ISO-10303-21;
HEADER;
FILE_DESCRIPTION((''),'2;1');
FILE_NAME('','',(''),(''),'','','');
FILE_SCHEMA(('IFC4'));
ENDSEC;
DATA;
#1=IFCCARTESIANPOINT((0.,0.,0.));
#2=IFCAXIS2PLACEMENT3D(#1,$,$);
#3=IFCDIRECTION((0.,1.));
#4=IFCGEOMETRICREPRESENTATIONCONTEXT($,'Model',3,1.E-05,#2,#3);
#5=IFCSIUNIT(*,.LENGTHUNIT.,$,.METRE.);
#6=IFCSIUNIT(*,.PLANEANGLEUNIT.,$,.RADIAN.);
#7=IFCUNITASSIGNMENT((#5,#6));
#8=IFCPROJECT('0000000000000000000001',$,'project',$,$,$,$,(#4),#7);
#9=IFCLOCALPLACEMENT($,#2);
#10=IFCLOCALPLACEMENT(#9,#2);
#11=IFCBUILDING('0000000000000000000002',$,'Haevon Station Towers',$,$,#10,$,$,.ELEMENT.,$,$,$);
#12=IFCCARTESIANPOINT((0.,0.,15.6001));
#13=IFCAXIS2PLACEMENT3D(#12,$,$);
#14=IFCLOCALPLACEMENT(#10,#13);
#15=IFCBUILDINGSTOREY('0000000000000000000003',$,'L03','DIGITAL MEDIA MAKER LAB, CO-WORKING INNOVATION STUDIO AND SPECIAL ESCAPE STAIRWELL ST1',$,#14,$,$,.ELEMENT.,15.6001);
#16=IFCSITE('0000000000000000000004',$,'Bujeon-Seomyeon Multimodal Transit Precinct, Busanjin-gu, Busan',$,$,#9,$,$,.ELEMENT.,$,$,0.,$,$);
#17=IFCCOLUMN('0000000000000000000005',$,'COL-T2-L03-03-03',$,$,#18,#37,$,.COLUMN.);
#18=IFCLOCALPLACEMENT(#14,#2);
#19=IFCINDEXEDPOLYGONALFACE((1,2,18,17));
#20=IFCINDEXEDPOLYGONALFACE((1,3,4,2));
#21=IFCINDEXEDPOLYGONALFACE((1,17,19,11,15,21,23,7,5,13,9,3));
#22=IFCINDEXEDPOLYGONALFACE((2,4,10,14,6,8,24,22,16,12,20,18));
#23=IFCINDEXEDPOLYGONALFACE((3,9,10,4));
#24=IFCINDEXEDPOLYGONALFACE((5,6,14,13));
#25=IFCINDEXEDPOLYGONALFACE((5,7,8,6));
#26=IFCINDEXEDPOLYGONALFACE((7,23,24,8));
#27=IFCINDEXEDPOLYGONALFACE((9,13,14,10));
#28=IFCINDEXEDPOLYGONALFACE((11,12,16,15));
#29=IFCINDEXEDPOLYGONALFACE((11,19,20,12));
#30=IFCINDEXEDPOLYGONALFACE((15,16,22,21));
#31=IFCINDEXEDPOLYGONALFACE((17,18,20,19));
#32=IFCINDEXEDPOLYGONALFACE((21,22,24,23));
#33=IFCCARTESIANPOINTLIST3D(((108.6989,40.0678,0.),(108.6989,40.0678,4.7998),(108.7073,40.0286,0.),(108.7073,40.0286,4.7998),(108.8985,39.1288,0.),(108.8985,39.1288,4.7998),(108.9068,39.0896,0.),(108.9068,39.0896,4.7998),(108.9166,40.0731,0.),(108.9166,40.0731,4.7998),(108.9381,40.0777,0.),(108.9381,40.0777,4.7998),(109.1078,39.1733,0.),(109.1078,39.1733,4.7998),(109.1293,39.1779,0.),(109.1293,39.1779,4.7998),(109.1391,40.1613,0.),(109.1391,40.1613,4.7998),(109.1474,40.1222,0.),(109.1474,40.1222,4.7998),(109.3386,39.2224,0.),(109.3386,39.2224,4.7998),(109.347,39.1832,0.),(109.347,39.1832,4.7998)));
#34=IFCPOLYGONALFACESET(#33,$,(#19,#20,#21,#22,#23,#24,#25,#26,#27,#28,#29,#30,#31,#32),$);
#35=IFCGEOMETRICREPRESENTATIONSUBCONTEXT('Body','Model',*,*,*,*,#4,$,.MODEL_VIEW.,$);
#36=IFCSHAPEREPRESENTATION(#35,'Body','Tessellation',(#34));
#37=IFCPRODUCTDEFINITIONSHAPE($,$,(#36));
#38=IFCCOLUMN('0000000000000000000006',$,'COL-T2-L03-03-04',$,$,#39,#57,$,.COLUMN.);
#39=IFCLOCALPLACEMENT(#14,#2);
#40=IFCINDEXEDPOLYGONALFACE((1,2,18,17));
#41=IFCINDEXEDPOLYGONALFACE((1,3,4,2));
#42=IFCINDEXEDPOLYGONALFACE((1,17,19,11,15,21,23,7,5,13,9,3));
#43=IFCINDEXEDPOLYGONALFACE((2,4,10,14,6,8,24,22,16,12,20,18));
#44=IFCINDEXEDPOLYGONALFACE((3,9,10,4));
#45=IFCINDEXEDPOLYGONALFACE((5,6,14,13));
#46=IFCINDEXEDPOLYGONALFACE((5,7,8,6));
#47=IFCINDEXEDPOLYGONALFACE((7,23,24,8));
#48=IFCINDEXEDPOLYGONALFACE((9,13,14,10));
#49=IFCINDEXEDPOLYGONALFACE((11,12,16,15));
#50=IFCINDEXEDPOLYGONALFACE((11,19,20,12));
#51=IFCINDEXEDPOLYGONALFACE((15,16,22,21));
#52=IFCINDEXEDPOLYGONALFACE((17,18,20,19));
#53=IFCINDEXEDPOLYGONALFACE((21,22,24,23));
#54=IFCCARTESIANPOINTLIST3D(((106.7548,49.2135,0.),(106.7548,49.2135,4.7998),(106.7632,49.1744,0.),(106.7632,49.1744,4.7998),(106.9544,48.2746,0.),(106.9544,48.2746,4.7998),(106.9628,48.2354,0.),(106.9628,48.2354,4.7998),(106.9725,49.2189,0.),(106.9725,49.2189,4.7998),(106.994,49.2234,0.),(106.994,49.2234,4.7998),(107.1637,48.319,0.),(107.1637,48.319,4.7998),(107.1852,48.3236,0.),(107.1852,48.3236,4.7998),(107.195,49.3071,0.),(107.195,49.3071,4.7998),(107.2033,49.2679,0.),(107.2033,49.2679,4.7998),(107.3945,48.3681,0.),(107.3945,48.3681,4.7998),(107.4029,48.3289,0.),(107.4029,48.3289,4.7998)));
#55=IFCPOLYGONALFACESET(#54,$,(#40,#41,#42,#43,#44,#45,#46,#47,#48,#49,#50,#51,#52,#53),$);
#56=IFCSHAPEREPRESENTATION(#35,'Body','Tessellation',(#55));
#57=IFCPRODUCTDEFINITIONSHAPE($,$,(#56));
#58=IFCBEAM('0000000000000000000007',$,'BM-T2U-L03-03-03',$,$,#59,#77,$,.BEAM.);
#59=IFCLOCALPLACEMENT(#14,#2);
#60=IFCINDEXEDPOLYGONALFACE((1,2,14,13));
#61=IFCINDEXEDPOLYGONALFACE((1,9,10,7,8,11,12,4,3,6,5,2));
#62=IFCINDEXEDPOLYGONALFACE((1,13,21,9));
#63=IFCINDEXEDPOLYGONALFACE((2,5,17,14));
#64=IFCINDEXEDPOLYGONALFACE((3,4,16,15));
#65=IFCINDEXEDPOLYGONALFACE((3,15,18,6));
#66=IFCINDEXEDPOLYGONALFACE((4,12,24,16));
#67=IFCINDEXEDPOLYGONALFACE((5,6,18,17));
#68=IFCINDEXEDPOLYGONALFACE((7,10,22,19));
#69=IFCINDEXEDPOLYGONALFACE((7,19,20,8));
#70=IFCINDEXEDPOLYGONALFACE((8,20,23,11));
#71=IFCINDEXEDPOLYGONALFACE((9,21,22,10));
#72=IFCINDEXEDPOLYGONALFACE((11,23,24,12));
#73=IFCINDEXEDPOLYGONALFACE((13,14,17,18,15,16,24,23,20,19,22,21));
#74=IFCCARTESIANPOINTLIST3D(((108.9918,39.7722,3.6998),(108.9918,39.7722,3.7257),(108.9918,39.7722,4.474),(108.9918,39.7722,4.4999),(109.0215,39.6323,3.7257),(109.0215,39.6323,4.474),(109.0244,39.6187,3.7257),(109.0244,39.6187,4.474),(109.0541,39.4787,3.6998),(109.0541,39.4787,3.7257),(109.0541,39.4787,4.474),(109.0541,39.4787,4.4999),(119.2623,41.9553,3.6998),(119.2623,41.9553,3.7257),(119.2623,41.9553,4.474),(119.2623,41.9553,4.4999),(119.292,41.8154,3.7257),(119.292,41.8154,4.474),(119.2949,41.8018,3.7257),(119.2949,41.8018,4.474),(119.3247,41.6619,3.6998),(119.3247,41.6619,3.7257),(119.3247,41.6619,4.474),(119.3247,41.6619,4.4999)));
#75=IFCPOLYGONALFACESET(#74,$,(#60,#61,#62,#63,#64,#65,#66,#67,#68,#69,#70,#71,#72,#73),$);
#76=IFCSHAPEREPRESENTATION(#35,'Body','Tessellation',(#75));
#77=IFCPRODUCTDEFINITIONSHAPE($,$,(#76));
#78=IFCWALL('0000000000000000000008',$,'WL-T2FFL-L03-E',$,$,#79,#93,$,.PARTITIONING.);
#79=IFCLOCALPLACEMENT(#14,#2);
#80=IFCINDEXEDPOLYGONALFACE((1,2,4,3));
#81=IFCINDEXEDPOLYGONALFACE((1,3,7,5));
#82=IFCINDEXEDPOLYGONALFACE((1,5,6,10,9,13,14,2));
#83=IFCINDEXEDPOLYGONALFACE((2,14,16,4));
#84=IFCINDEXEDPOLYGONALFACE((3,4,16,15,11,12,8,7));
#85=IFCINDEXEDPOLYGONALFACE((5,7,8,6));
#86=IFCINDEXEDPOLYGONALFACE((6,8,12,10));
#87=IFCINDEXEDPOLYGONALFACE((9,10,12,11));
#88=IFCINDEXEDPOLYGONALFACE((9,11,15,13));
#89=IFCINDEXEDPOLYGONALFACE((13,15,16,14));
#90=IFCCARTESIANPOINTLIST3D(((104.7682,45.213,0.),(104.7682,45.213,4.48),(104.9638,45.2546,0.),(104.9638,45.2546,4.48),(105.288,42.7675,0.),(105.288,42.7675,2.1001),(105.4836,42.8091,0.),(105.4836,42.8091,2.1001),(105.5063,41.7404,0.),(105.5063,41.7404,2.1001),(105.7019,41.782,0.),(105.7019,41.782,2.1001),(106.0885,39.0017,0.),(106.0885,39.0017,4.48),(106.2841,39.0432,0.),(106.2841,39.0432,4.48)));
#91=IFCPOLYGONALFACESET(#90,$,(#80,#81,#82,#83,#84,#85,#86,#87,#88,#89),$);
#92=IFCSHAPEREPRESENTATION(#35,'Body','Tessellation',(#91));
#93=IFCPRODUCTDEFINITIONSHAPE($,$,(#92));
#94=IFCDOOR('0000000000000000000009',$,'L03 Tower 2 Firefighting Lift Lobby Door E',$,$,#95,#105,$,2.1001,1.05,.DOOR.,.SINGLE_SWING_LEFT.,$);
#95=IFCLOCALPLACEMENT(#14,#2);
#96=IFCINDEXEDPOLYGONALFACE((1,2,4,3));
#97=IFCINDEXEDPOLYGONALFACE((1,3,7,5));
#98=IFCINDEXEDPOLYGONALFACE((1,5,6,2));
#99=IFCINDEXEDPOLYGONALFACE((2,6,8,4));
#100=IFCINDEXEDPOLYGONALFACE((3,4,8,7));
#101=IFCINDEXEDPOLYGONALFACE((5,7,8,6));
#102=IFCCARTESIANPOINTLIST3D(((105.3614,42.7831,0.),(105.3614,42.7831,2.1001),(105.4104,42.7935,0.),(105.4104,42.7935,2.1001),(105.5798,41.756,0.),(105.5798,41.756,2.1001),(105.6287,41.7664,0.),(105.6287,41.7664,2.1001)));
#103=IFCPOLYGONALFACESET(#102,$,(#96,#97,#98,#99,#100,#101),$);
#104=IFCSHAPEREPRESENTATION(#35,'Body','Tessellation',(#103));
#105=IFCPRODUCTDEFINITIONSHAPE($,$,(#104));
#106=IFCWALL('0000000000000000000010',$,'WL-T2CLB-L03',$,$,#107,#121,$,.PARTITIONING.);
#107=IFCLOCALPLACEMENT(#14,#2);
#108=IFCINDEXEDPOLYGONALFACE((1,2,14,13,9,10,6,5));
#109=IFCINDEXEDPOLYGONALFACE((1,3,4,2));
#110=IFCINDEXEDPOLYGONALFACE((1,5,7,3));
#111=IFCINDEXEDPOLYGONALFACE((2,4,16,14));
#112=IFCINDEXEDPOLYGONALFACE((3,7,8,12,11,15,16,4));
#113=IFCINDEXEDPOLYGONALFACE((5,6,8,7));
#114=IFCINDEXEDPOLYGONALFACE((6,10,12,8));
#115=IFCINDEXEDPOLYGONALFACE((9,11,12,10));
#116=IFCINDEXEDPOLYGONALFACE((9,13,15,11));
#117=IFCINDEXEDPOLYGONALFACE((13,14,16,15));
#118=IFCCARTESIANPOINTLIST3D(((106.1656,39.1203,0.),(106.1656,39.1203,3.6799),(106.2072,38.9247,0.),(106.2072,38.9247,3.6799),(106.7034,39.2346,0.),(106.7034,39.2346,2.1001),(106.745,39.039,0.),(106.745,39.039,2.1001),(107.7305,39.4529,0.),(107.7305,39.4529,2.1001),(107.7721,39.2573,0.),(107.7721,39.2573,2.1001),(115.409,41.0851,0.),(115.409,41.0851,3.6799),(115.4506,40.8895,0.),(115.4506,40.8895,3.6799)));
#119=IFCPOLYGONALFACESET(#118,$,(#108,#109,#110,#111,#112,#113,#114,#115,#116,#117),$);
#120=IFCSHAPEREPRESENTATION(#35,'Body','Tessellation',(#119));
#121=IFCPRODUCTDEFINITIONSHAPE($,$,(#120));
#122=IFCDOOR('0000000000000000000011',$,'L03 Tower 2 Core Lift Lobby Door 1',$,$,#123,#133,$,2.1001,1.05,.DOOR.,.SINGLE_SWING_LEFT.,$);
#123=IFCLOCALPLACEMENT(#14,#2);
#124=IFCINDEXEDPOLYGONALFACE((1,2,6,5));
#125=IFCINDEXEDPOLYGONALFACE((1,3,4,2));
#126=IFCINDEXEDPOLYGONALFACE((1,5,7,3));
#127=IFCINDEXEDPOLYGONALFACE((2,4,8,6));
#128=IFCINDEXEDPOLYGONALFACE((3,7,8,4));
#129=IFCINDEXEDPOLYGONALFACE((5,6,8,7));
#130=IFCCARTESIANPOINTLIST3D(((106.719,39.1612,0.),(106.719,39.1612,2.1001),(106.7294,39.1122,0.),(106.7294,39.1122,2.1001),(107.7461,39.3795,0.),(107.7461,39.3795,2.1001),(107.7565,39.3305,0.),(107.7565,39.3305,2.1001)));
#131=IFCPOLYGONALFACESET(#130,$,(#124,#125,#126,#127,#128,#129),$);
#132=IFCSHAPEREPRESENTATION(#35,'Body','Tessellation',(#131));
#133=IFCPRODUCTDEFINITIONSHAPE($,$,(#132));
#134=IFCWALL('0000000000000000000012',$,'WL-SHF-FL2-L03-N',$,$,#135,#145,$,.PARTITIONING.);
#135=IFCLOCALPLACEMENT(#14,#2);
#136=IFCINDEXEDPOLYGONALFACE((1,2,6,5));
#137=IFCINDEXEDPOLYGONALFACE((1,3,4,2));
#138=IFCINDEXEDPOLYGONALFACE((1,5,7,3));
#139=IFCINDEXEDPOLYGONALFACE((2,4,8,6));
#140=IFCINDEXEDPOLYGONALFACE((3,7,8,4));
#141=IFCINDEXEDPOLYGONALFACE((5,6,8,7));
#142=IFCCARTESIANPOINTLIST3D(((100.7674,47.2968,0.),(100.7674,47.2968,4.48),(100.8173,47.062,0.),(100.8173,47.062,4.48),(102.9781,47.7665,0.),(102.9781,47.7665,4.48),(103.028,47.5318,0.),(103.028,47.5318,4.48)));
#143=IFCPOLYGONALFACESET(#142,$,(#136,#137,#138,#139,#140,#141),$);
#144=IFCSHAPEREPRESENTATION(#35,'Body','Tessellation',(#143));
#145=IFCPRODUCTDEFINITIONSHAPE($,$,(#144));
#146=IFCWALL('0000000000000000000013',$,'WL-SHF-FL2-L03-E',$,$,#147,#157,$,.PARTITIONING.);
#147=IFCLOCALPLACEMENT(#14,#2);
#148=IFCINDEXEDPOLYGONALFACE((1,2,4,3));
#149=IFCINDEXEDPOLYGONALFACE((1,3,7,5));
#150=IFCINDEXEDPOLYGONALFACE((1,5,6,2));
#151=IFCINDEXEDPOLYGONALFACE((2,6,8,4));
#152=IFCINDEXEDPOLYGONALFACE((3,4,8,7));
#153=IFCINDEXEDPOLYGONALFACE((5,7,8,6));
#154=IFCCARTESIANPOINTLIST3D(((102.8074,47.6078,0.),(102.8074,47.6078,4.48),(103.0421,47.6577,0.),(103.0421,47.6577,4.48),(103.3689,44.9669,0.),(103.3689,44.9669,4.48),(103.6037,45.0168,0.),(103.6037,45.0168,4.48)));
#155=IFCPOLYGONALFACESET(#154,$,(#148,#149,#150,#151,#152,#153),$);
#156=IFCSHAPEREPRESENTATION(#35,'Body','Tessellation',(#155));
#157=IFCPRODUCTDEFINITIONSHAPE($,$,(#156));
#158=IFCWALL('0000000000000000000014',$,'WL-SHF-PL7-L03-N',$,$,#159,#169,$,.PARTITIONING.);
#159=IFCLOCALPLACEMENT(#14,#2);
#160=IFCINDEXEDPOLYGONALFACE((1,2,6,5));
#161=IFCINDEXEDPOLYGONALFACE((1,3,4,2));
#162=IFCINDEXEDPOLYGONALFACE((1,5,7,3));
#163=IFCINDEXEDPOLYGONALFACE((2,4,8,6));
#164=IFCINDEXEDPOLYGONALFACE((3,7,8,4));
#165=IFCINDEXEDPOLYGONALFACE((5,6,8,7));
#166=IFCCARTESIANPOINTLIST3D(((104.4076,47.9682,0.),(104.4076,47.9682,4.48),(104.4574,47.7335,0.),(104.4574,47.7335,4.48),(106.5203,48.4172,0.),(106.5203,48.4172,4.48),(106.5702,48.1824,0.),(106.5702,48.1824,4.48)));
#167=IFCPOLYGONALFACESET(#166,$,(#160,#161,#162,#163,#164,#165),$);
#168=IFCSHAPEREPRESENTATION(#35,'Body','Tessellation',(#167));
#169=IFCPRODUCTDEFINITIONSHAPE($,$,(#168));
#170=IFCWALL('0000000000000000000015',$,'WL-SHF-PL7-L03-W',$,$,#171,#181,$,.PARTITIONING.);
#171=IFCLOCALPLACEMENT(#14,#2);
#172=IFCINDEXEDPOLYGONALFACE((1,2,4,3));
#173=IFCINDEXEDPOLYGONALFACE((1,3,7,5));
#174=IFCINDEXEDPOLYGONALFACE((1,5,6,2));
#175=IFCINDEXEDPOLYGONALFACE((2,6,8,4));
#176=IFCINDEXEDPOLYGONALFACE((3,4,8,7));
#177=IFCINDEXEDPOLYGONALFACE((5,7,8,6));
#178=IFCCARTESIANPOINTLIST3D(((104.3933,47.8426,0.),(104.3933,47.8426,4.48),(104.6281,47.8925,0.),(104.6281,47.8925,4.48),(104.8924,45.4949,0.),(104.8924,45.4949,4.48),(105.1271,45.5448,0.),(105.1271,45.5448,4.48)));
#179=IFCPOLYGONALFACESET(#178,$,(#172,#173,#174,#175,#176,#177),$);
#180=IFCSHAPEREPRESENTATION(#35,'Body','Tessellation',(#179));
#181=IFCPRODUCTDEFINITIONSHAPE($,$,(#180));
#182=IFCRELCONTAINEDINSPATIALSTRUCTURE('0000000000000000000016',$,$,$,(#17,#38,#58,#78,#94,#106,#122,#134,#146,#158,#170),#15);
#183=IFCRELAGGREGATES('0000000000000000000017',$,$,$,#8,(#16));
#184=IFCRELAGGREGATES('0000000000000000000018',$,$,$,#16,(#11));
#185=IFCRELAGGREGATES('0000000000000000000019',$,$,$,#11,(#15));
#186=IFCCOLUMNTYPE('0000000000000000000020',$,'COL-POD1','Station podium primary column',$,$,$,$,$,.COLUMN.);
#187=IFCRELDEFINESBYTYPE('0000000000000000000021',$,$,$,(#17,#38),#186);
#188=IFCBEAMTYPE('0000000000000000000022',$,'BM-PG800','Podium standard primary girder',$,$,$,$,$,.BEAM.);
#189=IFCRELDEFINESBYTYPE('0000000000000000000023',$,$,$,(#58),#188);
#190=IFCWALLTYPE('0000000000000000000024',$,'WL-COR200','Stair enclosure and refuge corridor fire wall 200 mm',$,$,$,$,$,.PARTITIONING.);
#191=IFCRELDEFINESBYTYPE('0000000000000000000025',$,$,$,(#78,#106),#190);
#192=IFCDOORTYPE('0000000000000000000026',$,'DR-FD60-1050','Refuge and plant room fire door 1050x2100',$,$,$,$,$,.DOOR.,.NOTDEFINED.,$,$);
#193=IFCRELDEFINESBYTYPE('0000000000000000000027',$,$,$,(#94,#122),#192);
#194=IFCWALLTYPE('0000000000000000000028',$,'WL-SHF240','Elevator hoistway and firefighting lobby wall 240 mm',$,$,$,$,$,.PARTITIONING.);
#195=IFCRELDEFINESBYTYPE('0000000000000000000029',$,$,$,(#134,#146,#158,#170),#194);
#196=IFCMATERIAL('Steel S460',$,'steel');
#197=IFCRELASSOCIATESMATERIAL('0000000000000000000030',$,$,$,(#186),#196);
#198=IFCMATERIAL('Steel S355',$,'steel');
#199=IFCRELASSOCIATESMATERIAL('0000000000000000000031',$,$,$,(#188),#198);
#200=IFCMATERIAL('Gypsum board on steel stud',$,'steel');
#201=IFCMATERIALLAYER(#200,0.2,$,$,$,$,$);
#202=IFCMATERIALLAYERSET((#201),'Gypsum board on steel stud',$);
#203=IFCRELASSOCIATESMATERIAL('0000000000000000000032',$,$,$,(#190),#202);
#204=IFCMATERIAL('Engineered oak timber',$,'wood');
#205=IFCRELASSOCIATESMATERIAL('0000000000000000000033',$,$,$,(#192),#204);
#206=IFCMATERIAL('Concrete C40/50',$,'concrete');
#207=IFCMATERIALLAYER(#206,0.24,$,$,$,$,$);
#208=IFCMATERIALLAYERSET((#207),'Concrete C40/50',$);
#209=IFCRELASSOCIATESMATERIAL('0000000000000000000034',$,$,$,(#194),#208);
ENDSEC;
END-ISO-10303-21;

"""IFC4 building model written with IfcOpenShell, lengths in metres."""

from ifc_helpers import new_model, si_unit, direction, frame, frame_2d, origin, origin_2d, place, context, subcontext, project, spatial, rectangle, i_section, extrude, material, layer, layer_set, material_profile, profile_set, type_object, element, fill, save


model = new_model("IFC4")

# Units and contexts
model_context = context("Model", 3, precision=1e-05, world=origin(), true_north=direction((0.0, 1.0)))
body_context = subcontext(model_context, "Body", "Model", "MODEL_VIEW")
ifc_project = project(units=[si_unit("LENGTHUNIT", "METRE"), si_unit("PLANEANGLEUNIT", "RADIAN")], contexts=[model_context])

# Site, building, storey
site_placement = place(None, origin())
site = spatial("IfcSite", under=ifc_project, at=site_placement, Name="Bujeon-Seomyeon Multimodal Transit Precinct, Busanjin-gu, Busan", CompositionType="ELEMENT", RefElevation=0.0)
building_placement = place(site_placement, origin())
building = spatial("IfcBuilding", under=site, at=building_placement, Name="Haevon Station Towers", CompositionType="ELEMENT")
storey_placement = place(building_placement, frame((0.0, 0.0, 15.6001)))
storey = spatial("IfcBuildingStorey", under=building, at=storey_placement, Name="L03", Description="DIGITAL MEDIA MAKER LAB, CO-WORKING INNOVATION STUDIO AND SPECIAL ESCAPE STAIRWELL ST1", CompositionType="ELEMENT", Elevation=15.6001)

# Columns
ifc_material_1 = material(Name="Steel S460", Category="steel")
ifc_material_profile_1 = material_profile(ifc_material_1, i_section(OverallWidth=0.45, OverallDepth=1.0, WebThickness=0.022, FlangeThickness=0.04, at=origin_2d()), Name="H-1000x450x22x40")
ifc_profile_set_1 = profile_set([ifc_material_profile_1], Name="Steel S460")
column_type = type_object("IfcColumnType", Name="COL-POD1", Description="Station podium primary column", PredefinedType="COLUMN", material=ifc_profile_set_1)
for number, where, z_axis, x_axis, name in (
    (1, (109.0229, 39.6255, 0.0), (0.0, 0.0, 1.0), (0.978148, 0.207912, 0.0), "COL-T2-L03-03-03"),
    (2, (107.0789, 48.7712, 0.0), (0.0, 0.0, 1.0), (0.978148, 0.207912, 0.0), "COL-T2-L03-03-04"),
):
    element("IfcColumn", number, at=place(storey_placement, frame(where, z_axis=z_axis, x_axis=x_axis)), inside=storey, type_object=column_type, Name=name, PredefinedType="COLUMN", context=body_context, shape_type="SweptSolid", body=[
        extrude(i_section(OverallWidth=0.45, OverallDepth=1.0, WebThickness=0.022, FlangeThickness=0.04, at=origin_2d()), origin(), (0.0, 0.0, 1.0), 4.7998),
    ])

# Beam
ifc_material_2 = material(Name="Steel S355", Category="steel")
ifc_material_profile_2 = material_profile(ifc_material_2, i_section(OverallWidth=0.3, OverallDepth=0.8, WebThickness=0.0139, FlangeThickness=0.0259, at=origin_2d()), Name="H-800x300x14x26")
ifc_profile_set_2 = profile_set([ifc_material_profile_2], Name="Steel S355")
beam_type = type_object("IfcBeamType", Name="BM-PG800", Description="Podium standard primary girder", PredefinedType="BEAM", material=ifc_profile_set_2)
beam_placement = place(storey_placement, frame((109.0229, 39.6255, 4.0999), z_axis=(0.978147, 0.207915, 0.0), x_axis=(-0.207915, 0.978147, 0.0)))
element("IfcBeam", 3, at=beam_placement, inside=storey, type_object=beam_type, Name="BM-T2U-L03-03-03", PredefinedType="BEAM", context=body_context, shape_type="SweptSolid", body=[
    extrude(i_section(OverallWidth=0.3, OverallDepth=0.8, WebThickness=0.0139, FlangeThickness=0.0259, at=origin_2d()), origin(), (0.0, 0.0, 1.0), 10.5),
])

# Walls, openings, doors
ifc_material_3 = material(Name="Gypsum board on steel stud", Category="steel")
ifc_layer_1 = layer(ifc_material_3, 0.2)
ifc_layer_set_1 = layer_set([ifc_layer_1], Name="Gypsum board on steel stud")
wall_type_1 = type_object("IfcWallType", Name="WL-COR200", Description="Stair enclosure and refuge corridor fire wall 200 mm", PredefinedType="PARTITIONING", material=ifc_layer_set_1)
wall_1_placement = place(storey_placement, frame((106.1863, 39.0225, 0.0), z_axis=(0.0, 0.0, 1.0), x_axis=(-0.207917, 0.978147, 0.0)))
wall_1 = element("IfcWall", 4, at=wall_1_placement, inside=storey, type_object=wall_type_1, Name="WL-T2FFL-L03-E", PredefinedType="PARTITIONING", context=body_context, shape_type="SweptSolid", body=[
    extrude(rectangle(XDim=6.3501, YDim=0.2, at=frame_2d((3.175, 0.0))), origin(), (0.0, 0.0, 1.0), 4.48),
])
opening_1_placement = place(wall_1_placement, frame((2.8, 0.0, 0.0)))
opening_1 = element("IfcOpeningElement", 5, at=opening_1_placement, cuts=wall_1, PredefinedType="OPENING", context=body_context, shape_type="SweptSolid", body=[
    extrude(rectangle(XDim=1.05, YDim=2.1001, at=frame_2d((0.5249, 1.05))), frame((0.0, 0.1099, 0.0), z_axis=(0.0, -1.0, 0.0), x_axis=(1.0, 0.0, 0.0)), (0.0, 0.0, 1.0), 0.22),
])
ifc_material_4 = material(Name="Engineered oak timber", Category="wood")
door_type_1 = type_object("IfcDoorType", Name="DR-FD60-1050", Description="Refuge and plant room fire door 1050x2100", OperationType="NOTDEFINED", PredefinedType="DOOR", material=ifc_material_4)
door_1_placement = place(opening_1_placement, origin())
door_1 = element("IfcDoor", 6, at=door_1_placement, inside=storey, type_object=door_type_1, Name="L03 Tower 2 Firefighting Lift Lobby Door E", OperationType="SINGLE_SWING_LEFT", OverallHeight=2.1001, OverallWidth=1.05, PredefinedType="DOOR", context=body_context, shape_type="SweptSolid", body=[
    extrude(rectangle(XDim=1.05, YDim=2.1001, at=frame_2d((0.5249, 1.05))), frame((0.0, 0.0249, 0.0), z_axis=(0.0, -1.0, 0.0), x_axis=(1.0, 0.0, 0.0)), (0.0, 0.0, 1.0), 0.05),
])
fill(opening_1, door_1)
wall_2_placement = place(storey_placement, frame((106.1863, 39.0225, 0.0), z_axis=(0.0, 0.0, 1.0), x_axis=(0.978146, 0.207921, 0.0)))
wall_2 = element("IfcWall", 7, at=wall_2_placement, inside=storey, type_object=wall_type_1, Name="WL-T2CLB-L03", PredefinedType="PARTITIONING", context=body_context, shape_type="SweptSolid", body=[
    extrude(rectangle(XDim=9.45, YDim=0.2, at=frame_2d((4.7251, 0.0))), origin(), (0.0, 0.0, 1.0), 3.6799),
])
opening_2_placement = place(wall_2_placement, frame((0.55, 0.0, 0.0)))
opening_2 = element("IfcOpeningElement", 8, at=opening_2_placement, cuts=wall_2, PredefinedType="OPENING", context=body_context, shape_type="SweptSolid", body=[
    extrude(rectangle(XDim=1.05, YDim=2.1001, at=frame_2d((0.5249, 1.05))), frame((0.0, 0.1099, 0.0), z_axis=(0.0, -1.0, 0.0), x_axis=(1.0, 0.0, 0.0)), (0.0, 0.0, 1.0), 0.22),
])
door_2_placement = place(opening_2_placement, origin())
door_2 = element("IfcDoor", 9, at=door_2_placement, inside=storey, type_object=door_type_1, Name="L03 Tower 2 Core Lift Lobby Door 1", OperationType="SINGLE_SWING_LEFT", OverallHeight=2.1001, OverallWidth=1.05, PredefinedType="DOOR", context=body_context, shape_type="SweptSolid", body=[
    extrude(rectangle(XDim=1.05, YDim=2.1001, at=frame_2d((0.5249, 1.05))), frame((0.0, 0.0249, 0.0), z_axis=(0.0, -1.0, 0.0), x_axis=(1.0, 0.0, 0.0)), (0.0, 0.0, 1.0), 0.05),
])
fill(opening_2, door_2)
ifc_material_5 = material(Name="Concrete C40/50", Category="concrete")
ifc_layer_2 = layer(ifc_material_5, 0.24)
ifc_layer_set_2 = layer_set([ifc_layer_2], Name="Concrete C40/50")
wall_type_2 = type_object("IfcWallType", Name="WL-SHF240", Description="Elevator hoistway and firefighting lobby wall 240 mm", PredefinedType="PARTITIONING", material=ifc_layer_set_2)

# Walls
wall_3_placement = place(storey_placement, frame((100.7925, 47.1794, 0.0), z_axis=(0.0, 0.0, 1.0), x_axis=(0.978163, 0.207839, 0.0)))
element("IfcWall", 10, at=wall_3_placement, inside=storey, type_object=wall_type_2, Name="WL-SHF-FL2-L03-N", PredefinedType="PARTITIONING", context=body_context, shape_type="SweptSolid", body=[
    extrude(rectangle(XDim=2.26, YDim=0.24, at=frame_2d((1.1299, 0.0))), origin(), (0.0, 0.0, 1.0), 4.48),
])
wall_4_placement = place(storey_placement, frame((103.4863, 44.9917, 0.0), z_axis=(0.0, 0.0, 1.0), x_axis=(-0.207979, 0.978133, 0.0)))
element("IfcWall", 11, at=wall_4_placement, inside=storey, type_object=wall_type_2, Name="WL-SHF-FL2-L03-E", PredefinedType="PARTITIONING", context=body_context, shape_type="SweptSolid", body=[
    extrude(rectangle(XDim=2.7, YDim=0.24, at=frame_2d((1.3501, 0.0))), origin(), (0.0, 0.0, 1.0), 4.48),
])

# Walls
wall_5_placement = place(storey_placement, frame((104.4324, 47.8508, 0.0), z_axis=(0.0, 0.0, 1.0), x_axis=(0.978158, 0.207861, 0.0)))
element("IfcWall", 12, at=wall_5_placement, inside=storey, type_object=wall_type_2, Name="WL-SHF-PL7-L03-N", PredefinedType="PARTITIONING", context=body_context, shape_type="SweptSolid", body=[
    extrude(rectangle(XDim=2.1599, YDim=0.24, at=frame_2d((1.0801, 0.0))), origin(), (0.0, 0.0, 1.0), 4.48),
])
wall_6_placement = place(storey_placement, frame((105.0098, 45.5198, 0.0), z_axis=(0.0, 0.0, 1.0), x_axis=(-0.207917, 0.978146, 0.0)))
element("IfcWall", 13, at=wall_6_placement, inside=storey, type_object=wall_type_2, Name="WL-SHF-PL7-L03-W", PredefinedType="PARTITIONING", context=body_context, shape_type="SweptSolid", body=[
    extrude(rectangle(XDim=2.4001, YDim=0.24, at=frame_2d((1.2002, 0.0))), origin(), (0.0, 0.0, 1.0), 4.48),
])

save(model, "model.ifc")
